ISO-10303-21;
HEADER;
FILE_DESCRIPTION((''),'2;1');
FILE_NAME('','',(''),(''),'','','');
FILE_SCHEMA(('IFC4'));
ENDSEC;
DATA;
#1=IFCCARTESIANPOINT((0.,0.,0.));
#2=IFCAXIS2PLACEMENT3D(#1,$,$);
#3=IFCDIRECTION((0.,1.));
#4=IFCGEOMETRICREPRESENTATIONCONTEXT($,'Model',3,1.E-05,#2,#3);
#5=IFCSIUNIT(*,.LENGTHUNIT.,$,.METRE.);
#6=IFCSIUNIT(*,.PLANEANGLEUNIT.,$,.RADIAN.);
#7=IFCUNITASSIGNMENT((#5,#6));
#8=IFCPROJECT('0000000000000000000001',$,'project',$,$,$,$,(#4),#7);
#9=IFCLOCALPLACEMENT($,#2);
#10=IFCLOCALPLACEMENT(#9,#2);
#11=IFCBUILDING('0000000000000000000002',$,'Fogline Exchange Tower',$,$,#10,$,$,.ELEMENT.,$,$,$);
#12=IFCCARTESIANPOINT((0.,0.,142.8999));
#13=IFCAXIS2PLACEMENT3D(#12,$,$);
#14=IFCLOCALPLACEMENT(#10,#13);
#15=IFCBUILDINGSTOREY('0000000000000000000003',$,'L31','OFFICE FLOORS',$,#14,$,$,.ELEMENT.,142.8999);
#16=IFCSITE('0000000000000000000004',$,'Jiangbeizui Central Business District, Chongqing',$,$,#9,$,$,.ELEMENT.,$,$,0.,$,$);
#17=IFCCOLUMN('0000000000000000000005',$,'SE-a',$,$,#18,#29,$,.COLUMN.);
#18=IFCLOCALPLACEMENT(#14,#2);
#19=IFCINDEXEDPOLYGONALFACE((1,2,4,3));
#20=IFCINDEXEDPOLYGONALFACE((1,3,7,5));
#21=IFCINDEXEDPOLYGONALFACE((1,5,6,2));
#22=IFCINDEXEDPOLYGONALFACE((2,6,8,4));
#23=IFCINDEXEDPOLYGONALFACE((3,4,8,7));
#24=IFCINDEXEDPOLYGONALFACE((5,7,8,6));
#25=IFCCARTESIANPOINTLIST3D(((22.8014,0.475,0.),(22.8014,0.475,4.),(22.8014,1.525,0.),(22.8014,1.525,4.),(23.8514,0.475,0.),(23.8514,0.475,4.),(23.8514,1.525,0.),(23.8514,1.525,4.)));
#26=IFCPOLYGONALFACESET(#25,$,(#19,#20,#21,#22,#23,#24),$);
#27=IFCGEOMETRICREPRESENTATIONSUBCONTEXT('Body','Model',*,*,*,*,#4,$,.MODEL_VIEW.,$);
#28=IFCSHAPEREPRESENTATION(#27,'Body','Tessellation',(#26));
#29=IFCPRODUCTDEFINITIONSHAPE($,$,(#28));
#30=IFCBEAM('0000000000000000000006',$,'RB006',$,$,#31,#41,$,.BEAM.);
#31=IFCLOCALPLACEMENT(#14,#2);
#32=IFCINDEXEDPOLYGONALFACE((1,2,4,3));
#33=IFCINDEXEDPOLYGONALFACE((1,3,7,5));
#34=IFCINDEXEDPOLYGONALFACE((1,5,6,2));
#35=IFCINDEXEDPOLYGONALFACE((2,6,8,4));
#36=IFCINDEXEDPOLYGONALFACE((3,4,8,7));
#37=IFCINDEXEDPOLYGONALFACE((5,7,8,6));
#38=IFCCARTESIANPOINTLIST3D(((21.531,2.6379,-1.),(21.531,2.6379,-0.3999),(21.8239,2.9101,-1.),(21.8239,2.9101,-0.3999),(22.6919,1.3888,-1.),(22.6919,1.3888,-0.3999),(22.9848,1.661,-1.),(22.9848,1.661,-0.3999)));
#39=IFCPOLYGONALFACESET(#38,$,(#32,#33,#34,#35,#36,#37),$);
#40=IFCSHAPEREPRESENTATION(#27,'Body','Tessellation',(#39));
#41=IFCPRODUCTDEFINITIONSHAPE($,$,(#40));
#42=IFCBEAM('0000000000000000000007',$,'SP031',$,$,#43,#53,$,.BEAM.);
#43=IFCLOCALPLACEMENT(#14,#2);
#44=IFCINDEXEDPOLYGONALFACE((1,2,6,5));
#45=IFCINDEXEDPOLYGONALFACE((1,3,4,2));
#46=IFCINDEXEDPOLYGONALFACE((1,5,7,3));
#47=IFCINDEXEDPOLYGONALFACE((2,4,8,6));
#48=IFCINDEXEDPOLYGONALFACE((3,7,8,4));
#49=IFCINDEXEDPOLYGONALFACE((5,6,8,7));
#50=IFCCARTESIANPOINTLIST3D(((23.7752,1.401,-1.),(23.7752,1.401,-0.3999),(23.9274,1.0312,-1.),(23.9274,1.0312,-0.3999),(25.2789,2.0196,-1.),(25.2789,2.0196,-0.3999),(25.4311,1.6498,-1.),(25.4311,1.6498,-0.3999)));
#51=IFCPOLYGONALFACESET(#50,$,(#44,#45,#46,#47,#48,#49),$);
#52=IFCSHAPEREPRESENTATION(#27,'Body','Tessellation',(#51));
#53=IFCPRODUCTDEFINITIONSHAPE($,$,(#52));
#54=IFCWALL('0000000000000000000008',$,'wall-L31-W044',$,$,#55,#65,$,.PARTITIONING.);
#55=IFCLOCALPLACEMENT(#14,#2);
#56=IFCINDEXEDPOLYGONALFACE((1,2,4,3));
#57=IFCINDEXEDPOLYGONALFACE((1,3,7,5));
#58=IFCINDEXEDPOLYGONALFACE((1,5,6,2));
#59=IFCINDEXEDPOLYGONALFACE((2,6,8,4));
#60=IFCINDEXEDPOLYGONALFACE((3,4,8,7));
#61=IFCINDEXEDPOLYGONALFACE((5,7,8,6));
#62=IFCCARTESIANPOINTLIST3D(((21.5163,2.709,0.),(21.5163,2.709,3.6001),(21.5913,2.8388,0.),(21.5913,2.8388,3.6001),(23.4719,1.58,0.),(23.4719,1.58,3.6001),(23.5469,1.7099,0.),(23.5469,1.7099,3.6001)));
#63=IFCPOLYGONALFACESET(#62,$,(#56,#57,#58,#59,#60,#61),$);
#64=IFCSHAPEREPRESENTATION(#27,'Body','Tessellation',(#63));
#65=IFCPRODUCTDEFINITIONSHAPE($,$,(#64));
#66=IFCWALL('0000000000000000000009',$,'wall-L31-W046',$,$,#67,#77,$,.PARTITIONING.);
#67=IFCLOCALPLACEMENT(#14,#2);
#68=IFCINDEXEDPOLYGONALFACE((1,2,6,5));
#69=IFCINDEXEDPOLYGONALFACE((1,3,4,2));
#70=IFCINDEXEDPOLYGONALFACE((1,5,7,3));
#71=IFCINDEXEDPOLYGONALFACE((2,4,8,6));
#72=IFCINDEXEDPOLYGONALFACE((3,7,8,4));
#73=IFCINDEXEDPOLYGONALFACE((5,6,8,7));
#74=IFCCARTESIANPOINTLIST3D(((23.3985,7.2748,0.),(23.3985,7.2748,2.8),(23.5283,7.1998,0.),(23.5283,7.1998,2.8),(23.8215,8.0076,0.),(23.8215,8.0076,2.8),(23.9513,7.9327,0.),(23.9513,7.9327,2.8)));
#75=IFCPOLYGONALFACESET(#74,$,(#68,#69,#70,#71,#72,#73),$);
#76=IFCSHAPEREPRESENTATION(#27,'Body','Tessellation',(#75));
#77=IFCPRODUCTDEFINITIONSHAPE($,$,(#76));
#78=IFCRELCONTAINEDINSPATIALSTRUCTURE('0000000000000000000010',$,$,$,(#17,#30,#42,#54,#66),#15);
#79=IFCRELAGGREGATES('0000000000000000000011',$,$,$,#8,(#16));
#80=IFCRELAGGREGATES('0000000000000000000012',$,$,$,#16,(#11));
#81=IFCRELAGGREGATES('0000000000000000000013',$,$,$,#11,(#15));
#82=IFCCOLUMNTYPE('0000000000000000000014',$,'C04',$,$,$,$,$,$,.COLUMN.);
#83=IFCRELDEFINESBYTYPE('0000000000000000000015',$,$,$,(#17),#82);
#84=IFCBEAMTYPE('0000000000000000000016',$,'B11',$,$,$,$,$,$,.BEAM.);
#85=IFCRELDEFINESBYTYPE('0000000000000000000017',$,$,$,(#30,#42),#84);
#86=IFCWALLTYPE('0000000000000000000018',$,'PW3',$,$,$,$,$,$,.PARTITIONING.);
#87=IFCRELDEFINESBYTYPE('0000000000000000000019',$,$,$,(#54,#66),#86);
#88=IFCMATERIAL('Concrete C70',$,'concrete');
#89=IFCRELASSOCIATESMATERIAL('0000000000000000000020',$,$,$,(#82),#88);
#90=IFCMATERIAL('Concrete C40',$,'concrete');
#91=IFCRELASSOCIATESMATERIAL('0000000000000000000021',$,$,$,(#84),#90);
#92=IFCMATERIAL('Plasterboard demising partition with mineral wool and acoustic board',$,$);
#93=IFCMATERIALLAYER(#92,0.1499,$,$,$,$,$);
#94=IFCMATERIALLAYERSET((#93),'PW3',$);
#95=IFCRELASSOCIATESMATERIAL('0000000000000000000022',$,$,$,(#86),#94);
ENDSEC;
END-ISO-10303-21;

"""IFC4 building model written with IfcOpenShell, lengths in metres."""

from ifc_helpers import new_model, si_unit, direction, frame, frame_2d, origin, origin_2d, place, context, subcontext, project, spatial, rectangle, extrude, material, layer, layer_set, material_profile, profile_set, type_object, element, save


model = new_model("IFC4")

# Units and contexts
model_context = context("Model", 3, precision=1e-05, world=origin(), true_north=direction((0.0, 1.0)))
body_context = subcontext(model_context, "Body", "Model", "MODEL_VIEW")
ifc_project = project(units=[si_unit("LENGTHUNIT", "METRE"), si_unit("PLANEANGLEUNIT", "RADIAN")], contexts=[model_context])

# Site, building, storey
site_placement = place(None, origin())
site = spatial("IfcSite", under=ifc_project, at=site_placement, Name="Jiangbeizui Central Business District, Chongqing", CompositionType="ELEMENT", RefElevation=0.0)
building_placement = place(site_placement, origin())
building = spatial("IfcBuilding", under=site, at=building_placement, Name="Fogline Exchange Tower", CompositionType="ELEMENT")
storey_placement = place(building_placement, frame((0.0, 0.0, 142.8999)))
storey = spatial("IfcBuildingStorey", under=building, at=storey_placement, Name="L31", Description="OFFICE FLOORS", CompositionType="ELEMENT", Elevation=142.8999)

# Column
ifc_material_1 = material(Name="Concrete C70", Category="concrete")
ifc_material_profile_1 = material_profile(ifc_material_1, rectangle(XDim=1.05, YDim=1.05, at=origin_2d()), Name="RC 1050x1050")
ifc_profile_set_1 = profile_set([ifc_material_profile_1], Name="Concrete C70")
column_type = type_object("IfcColumnType", Name="C04", PredefinedType="COLUMN", material=ifc_profile_set_1)
column_placement = place(storey_placement, frame((23.3264, 1.0, 0.0), z_axis=(0.0, 0.0, 1.0), x_axis=(1.0, 0.0, 0.0)))
element("IfcColumn", 1, at=column_placement, inside=storey, type_object=column_type, Name="SE-a", PredefinedType="COLUMN", context=body_context, shape_type="SweptSolid", body=[
    extrude(rectangle(XDim=1.05, YDim=1.05, at=origin_2d()), origin(), (0.0, 0.0, 1.0), 4.0),
])

# Beams
ifc_material_2 = material(Name="Concrete C40", Category="concrete")
ifc_material_profile_2 = material_profile(ifc_material_2, rectangle(XDim=0.3999, YDim=0.6001, at=origin_2d()), Name="RC 400x600")
ifc_profile_set_2 = profile_set([ifc_material_profile_2], Name="Concrete C40")
beam_type = type_object("IfcBeamType", Name="B11", PredefinedType="BEAM", material=ifc_profile_set_2)
beam_1_placement = place(storey_placement, frame((22.8384, 1.5249, -0.7), z_axis=(-0.680792, 0.732477, 0.0), x_axis=(-0.732477, -0.680792, 0.0)))
element("IfcBeam", 2, at=beam_1_placement, inside=storey, type_object=beam_type, Name="RB006", PredefinedType="BEAM", context=body_context, shape_type="SweptSolid", body=[
    extrude(rectangle(XDim=0.3999, YDim=0.6001, at=origin_2d()), origin(), (0.0, 0.0, 1.0), 1.7053),
])
beam_2_placement = place(storey_placement, frame((23.8513, 1.2161, -0.7), z_axis=(0.924787, 0.380485, 0.0), x_axis=(-0.380485, 0.924787, 0.0)))
element("IfcBeam", 3, at=beam_2_placement, inside=storey, type_object=beam_type, Name="SP031", PredefinedType="BEAM", context=body_context, shape_type="SweptSolid", body=[
    extrude(rectangle(XDim=0.3999, YDim=0.6001, at=origin_2d()), origin(), (0.0, 0.0, 1.0), 1.626),
])

# Walls
ifc_material_3 = material(Name="Plasterboard demising partition with mineral wool and acoustic board")
ifc_layer_1 = layer(ifc_material_3, 0.1499)
ifc_layer_set_1 = layer_set([ifc_layer_1], Name="PW3")
wall_type_1 = type_object("IfcWallType", Name="PW3", PredefinedType="PARTITIONING", material=ifc_layer_set_1)
wall_1_placement = place(storey_placement, frame((23.5093, 1.645, 0.0), z_axis=(0.0, 0.0, 1.0), x_axis=(-0.866052, 0.499953, 0.0)))
element("IfcWall", 4, at=wall_1_placement, inside=storey, type_object=wall_type_1, Name="wall-L31-W044", PredefinedType="PARTITIONING", context=body_context, shape_type="SweptSolid", body=[
    extrude(rectangle(XDim=2.2581, YDim=0.1499, at=frame_2d((1.1289, 0.0))), origin(), (0.0, 0.0, 1.0), 3.6001),
])
wall_2_placement = place(storey_placement, frame((23.4634, 7.2373, 0.0), z_axis=(0.0, 0.0, 1.0), x_axis=(0.499956, 0.866051, 0.0)))
element("IfcWall", 5, at=wall_2_placement, inside=storey, type_object=wall_type_1, Name="wall-L31-W046", PredefinedType="PARTITIONING", context=body_context, shape_type="SweptSolid", body=[
    extrude(rectangle(XDim=0.8462, YDim=0.1499, at=frame_2d((0.4231, 0.0))), origin(), (0.0, 0.0, 1.0), 2.8),
])

save(model, "model.ifc")
